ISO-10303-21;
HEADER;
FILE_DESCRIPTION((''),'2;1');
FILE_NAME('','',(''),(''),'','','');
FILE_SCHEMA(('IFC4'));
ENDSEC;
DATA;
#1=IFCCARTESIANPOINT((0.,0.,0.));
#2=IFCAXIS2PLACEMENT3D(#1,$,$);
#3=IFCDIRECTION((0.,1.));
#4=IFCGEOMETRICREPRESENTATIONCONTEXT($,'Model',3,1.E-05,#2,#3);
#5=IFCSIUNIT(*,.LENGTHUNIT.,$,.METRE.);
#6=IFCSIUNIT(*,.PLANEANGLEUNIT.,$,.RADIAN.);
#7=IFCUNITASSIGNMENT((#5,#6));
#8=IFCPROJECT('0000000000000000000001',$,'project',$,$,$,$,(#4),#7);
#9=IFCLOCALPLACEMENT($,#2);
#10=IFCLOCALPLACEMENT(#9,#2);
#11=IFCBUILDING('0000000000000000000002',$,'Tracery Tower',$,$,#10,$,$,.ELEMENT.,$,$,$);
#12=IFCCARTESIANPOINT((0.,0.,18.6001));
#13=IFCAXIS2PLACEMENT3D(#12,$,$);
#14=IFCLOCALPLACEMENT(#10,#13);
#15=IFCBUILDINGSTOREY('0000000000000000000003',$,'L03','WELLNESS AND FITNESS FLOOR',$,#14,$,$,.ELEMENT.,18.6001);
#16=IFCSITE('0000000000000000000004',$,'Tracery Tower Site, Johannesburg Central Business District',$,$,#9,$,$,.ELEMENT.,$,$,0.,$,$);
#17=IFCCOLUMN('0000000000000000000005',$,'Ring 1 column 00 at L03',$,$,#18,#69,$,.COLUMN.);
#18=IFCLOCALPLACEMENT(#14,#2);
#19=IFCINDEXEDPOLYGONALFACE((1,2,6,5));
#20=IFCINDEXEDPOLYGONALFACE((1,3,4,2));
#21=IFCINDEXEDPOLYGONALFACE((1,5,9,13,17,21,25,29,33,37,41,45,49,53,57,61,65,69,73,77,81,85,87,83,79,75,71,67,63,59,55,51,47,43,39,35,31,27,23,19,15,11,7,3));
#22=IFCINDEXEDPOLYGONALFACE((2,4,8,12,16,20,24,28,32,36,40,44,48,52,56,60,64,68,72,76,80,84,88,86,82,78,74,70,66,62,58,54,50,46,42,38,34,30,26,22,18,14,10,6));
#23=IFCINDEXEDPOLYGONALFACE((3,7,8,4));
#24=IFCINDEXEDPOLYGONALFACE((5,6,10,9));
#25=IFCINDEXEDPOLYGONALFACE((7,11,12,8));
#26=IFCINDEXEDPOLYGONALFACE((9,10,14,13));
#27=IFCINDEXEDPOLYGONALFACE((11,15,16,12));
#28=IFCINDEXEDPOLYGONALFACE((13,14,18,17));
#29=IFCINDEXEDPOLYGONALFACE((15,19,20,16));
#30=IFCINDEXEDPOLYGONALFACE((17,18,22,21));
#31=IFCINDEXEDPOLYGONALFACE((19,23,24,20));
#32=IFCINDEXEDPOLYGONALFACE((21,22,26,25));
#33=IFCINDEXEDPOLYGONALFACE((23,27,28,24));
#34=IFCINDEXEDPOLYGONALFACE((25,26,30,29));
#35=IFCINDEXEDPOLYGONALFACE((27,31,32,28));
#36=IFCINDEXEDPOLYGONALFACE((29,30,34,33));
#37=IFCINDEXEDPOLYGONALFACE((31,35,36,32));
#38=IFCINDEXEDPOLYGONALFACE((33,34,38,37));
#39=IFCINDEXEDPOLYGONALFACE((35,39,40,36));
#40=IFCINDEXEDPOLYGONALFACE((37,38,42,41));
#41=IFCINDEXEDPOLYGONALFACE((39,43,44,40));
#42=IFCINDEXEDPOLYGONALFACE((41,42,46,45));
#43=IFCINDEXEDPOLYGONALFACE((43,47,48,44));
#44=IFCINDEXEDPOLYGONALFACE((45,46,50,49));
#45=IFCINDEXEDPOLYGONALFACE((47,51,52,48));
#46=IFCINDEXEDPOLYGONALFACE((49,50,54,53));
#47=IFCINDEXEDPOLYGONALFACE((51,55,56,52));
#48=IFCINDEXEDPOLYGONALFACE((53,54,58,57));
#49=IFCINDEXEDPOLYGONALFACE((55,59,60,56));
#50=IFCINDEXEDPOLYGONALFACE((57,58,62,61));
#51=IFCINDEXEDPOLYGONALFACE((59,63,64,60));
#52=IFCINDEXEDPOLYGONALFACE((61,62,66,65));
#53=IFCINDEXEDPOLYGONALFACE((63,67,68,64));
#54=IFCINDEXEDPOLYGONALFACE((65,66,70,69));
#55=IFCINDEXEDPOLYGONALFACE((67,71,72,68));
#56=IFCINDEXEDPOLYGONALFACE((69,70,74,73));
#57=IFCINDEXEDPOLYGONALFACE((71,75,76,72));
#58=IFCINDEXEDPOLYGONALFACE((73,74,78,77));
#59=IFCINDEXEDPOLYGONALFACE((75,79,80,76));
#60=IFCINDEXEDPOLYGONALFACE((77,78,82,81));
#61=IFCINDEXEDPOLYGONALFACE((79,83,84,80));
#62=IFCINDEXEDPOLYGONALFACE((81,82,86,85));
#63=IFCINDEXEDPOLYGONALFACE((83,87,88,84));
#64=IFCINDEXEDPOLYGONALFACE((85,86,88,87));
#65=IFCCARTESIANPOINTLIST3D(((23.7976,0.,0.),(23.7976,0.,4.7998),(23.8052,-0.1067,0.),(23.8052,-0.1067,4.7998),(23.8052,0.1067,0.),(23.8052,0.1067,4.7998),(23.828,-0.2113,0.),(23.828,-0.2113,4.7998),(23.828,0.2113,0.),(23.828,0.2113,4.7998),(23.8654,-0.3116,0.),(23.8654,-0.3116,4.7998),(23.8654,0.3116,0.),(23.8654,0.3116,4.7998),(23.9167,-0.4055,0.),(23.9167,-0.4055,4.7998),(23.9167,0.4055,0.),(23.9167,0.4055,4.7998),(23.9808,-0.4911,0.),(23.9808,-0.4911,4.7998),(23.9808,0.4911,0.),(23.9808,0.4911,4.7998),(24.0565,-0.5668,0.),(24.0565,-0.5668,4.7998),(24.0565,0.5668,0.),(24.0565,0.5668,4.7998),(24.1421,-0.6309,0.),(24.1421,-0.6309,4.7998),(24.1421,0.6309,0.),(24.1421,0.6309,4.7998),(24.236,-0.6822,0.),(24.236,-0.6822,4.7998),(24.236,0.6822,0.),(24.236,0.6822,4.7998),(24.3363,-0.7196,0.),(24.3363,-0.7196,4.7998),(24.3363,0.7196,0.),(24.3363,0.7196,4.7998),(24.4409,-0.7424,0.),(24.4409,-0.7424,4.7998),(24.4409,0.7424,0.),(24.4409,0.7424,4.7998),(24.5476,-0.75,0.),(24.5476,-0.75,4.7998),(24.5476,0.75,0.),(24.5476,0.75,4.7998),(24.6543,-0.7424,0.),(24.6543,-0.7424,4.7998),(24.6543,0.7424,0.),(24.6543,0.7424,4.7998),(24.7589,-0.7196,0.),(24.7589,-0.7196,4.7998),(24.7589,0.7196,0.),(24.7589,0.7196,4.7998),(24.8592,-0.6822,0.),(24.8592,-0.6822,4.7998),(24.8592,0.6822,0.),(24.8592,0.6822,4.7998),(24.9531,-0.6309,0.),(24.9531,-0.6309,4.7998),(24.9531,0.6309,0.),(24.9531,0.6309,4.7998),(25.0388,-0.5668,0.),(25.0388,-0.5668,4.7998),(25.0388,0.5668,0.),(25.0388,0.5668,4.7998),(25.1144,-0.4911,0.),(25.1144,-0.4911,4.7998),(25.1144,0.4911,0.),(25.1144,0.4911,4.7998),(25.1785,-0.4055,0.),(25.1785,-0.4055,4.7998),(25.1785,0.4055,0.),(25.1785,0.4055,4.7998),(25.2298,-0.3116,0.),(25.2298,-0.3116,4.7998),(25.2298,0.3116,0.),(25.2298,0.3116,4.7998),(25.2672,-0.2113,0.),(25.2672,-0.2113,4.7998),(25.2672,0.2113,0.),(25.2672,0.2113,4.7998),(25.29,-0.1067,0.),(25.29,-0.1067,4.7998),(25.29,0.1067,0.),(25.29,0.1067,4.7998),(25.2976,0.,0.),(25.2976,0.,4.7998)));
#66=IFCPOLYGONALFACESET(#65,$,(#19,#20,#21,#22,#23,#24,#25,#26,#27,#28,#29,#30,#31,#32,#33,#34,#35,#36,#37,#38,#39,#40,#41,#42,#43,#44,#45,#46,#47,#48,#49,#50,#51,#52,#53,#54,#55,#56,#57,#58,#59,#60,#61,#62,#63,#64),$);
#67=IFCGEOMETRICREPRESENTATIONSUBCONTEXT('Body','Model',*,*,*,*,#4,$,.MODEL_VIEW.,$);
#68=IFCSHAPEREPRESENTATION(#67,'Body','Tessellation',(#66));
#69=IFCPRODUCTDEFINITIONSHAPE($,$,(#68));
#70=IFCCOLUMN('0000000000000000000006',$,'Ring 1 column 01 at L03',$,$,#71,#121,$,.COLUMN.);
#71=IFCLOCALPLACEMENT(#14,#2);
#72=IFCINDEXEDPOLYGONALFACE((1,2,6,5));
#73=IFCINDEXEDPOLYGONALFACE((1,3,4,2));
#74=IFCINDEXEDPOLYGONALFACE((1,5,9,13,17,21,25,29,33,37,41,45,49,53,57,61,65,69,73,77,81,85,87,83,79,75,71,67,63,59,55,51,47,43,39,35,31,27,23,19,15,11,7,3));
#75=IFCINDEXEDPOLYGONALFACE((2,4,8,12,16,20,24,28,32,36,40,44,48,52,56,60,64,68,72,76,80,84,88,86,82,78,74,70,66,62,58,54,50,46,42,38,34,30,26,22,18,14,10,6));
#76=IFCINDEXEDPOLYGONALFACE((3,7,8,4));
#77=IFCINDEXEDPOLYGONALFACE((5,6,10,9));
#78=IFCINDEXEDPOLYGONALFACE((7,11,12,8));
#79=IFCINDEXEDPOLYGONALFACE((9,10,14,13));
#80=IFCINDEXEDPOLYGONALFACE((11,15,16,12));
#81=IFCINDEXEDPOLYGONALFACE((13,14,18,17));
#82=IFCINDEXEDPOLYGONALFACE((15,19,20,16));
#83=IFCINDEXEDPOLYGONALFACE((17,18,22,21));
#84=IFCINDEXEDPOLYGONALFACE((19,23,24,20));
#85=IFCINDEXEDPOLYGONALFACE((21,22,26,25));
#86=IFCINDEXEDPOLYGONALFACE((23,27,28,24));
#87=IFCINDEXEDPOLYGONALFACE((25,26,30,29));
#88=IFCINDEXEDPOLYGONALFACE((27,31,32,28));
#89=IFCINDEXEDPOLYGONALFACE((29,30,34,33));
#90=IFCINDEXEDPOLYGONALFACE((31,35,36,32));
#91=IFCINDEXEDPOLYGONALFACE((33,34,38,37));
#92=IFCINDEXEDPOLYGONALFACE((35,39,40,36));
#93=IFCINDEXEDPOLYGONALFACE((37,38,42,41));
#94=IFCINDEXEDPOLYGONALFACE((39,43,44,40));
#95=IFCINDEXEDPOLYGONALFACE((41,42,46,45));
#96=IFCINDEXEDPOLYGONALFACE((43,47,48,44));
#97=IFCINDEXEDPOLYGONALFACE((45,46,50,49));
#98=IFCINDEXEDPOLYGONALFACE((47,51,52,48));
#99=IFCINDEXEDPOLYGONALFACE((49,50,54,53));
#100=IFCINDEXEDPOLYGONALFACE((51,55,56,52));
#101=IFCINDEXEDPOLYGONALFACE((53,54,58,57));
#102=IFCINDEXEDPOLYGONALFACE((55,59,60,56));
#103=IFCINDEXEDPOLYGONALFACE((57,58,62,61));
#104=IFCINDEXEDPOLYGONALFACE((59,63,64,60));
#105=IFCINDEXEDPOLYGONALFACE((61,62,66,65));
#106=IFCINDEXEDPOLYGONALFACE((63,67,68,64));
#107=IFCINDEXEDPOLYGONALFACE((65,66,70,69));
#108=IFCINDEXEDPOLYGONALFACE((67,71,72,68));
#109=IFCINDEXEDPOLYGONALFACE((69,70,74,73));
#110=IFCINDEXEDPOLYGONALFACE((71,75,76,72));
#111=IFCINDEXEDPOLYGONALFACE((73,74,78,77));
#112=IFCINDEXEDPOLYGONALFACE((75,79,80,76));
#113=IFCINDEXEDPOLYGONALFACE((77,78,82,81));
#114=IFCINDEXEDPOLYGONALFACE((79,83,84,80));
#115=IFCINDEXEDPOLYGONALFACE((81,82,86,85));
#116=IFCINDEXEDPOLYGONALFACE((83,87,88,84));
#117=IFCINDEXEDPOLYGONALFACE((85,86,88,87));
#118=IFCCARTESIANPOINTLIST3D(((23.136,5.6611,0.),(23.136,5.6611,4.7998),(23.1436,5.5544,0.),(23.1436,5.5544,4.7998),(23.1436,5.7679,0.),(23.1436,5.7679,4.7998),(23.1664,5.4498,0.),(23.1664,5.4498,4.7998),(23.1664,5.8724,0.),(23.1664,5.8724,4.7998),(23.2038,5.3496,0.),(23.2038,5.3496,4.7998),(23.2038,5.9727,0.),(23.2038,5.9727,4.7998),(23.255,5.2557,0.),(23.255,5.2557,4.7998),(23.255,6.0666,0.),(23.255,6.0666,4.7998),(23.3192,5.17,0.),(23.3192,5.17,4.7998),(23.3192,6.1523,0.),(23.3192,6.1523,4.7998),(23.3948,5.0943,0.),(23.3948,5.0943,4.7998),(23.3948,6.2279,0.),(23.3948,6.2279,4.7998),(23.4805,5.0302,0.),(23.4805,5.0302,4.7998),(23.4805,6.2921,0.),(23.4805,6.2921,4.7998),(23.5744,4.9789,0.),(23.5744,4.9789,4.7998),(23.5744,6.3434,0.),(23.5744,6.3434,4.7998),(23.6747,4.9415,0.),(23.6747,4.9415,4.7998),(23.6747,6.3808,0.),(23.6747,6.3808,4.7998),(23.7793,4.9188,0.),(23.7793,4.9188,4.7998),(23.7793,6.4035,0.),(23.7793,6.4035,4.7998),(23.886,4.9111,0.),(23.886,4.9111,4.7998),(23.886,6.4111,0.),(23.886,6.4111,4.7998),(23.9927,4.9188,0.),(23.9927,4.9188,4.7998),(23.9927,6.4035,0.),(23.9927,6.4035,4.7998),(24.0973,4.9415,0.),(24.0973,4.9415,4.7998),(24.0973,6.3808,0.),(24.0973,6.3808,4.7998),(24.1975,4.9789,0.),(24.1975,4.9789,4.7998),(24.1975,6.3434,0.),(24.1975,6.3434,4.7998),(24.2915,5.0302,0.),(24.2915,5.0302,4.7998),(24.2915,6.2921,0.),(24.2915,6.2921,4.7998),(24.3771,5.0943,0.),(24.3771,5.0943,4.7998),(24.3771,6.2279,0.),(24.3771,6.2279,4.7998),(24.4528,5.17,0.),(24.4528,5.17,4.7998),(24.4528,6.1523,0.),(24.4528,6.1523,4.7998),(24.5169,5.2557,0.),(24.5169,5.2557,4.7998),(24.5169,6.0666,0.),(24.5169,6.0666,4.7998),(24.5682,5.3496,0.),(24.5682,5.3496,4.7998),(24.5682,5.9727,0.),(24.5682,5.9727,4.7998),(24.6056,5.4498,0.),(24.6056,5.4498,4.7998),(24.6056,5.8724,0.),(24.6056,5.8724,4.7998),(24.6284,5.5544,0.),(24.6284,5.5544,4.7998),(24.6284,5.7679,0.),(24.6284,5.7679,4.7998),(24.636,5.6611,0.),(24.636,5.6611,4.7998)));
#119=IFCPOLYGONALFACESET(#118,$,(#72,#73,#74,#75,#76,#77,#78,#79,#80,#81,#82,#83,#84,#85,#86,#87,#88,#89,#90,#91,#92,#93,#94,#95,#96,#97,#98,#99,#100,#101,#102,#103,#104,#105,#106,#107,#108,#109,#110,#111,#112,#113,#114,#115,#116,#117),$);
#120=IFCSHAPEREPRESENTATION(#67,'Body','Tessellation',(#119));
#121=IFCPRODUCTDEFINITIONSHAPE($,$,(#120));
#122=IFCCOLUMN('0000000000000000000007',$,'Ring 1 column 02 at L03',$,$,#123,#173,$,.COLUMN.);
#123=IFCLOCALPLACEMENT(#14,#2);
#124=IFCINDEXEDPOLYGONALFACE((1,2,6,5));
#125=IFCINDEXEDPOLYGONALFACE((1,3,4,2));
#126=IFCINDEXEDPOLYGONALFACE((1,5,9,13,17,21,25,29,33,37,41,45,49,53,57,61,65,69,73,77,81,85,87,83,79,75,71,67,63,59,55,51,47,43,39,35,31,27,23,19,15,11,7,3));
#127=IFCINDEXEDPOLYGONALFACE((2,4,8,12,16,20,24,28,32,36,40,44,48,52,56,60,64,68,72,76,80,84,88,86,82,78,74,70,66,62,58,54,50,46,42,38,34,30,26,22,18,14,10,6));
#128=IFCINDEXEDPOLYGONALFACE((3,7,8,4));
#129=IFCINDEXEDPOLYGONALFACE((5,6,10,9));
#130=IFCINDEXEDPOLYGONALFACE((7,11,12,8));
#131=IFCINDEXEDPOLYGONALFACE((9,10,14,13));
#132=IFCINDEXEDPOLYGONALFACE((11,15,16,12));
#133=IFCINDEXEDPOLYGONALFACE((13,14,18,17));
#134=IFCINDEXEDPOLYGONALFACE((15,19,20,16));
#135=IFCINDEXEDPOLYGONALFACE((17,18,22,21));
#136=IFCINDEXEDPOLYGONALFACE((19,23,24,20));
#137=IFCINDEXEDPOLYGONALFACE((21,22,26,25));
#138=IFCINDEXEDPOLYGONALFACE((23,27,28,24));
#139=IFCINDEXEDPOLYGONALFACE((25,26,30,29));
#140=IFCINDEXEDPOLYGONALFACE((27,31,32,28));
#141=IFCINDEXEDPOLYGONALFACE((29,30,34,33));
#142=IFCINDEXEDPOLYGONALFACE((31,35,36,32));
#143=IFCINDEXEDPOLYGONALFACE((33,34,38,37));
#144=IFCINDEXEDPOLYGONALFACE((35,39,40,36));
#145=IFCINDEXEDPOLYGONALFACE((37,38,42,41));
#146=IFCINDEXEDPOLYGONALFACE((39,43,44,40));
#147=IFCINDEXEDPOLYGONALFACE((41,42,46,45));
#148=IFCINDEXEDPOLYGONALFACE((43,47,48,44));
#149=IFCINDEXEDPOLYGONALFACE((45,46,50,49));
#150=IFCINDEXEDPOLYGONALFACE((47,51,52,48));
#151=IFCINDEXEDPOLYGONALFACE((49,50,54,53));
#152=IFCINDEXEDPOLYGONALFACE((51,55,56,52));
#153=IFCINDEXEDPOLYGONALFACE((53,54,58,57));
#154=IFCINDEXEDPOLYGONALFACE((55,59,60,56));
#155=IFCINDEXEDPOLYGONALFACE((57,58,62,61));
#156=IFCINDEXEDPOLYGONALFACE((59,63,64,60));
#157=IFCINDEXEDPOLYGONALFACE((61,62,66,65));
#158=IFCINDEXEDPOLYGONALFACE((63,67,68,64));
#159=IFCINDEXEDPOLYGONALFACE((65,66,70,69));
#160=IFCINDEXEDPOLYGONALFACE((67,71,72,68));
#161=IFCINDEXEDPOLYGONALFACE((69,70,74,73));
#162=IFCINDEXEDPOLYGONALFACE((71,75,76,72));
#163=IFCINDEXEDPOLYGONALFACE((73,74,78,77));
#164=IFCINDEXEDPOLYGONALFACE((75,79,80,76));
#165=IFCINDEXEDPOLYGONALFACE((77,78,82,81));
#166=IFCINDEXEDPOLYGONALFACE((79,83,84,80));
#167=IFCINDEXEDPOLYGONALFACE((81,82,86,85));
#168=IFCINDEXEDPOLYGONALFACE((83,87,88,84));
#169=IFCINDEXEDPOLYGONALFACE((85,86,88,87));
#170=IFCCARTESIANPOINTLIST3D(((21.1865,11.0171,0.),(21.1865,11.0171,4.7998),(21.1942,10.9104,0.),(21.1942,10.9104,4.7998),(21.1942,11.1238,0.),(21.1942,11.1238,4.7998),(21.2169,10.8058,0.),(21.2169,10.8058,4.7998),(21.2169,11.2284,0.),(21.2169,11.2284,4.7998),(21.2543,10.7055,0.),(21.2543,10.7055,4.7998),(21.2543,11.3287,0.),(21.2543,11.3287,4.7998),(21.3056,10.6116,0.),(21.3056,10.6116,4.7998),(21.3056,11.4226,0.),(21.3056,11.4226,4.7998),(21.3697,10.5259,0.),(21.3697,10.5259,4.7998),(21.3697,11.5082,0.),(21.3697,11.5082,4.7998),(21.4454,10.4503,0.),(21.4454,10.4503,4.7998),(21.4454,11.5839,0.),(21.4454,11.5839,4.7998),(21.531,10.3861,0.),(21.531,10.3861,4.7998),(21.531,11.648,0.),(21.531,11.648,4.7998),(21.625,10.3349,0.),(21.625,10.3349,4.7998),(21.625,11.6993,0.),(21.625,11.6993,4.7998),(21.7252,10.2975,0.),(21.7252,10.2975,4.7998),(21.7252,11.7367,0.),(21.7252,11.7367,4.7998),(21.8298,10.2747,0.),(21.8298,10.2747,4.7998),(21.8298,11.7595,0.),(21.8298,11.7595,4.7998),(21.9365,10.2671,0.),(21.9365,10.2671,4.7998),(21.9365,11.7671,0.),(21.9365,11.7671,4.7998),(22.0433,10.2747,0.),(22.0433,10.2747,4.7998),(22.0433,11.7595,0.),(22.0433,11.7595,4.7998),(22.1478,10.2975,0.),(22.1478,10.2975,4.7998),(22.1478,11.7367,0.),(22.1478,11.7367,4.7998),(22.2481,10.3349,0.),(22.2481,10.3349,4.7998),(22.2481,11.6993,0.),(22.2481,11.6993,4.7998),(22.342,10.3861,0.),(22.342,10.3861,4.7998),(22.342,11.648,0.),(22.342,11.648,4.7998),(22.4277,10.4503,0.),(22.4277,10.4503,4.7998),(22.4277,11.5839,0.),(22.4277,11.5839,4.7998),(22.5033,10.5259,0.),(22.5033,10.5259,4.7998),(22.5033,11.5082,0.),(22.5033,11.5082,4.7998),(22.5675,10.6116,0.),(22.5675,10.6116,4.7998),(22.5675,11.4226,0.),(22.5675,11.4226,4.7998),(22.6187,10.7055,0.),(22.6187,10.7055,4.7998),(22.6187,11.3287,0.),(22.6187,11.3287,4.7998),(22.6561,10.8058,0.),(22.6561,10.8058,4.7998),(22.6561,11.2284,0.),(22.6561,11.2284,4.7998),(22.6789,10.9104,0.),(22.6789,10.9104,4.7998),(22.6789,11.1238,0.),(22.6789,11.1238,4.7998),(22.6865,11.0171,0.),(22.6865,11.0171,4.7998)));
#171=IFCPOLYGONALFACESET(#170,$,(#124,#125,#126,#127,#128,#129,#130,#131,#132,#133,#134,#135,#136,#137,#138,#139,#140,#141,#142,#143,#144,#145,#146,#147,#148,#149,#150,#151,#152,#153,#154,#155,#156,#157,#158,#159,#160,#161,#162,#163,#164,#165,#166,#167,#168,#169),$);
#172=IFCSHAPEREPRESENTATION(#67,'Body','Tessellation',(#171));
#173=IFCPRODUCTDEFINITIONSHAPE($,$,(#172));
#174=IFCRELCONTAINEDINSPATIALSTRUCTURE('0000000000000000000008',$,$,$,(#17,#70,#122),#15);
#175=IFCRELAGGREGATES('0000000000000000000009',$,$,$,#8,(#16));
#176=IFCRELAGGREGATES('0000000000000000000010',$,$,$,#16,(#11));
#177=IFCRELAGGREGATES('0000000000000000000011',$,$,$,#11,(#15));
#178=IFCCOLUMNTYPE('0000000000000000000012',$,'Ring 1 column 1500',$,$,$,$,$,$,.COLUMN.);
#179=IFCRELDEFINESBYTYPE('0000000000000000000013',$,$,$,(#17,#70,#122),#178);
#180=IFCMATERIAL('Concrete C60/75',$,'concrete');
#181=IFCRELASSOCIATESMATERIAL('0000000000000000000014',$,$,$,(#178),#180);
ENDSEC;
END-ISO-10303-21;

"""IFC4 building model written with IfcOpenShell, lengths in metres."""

from ifc_helpers import new_model, si_unit, direction, frame, origin, origin_2d, place, context, subcontext, project, spatial, circle, extrude, material, material_profile, profile_set, type_object, element, save


model = new_model("IFC4")

# Units and contexts
model_context = context("Model", 3, precision=1e-05, world=origin(), true_north=direction((0.0, 1.0)))
body_context = subcontext(model_context, "Body", "Model", "MODEL_VIEW")
ifc_project = project(units=[si_unit("LENGTHUNIT", "METRE"), si_unit("PLANEANGLEUNIT", "RADIAN")], contexts=[model_context])

# Site, building, storey
site_placement = place(None, origin())
site = spatial("IfcSite", under=ifc_project, at=site_placement, Name="Tracery Tower Site, Johannesburg Central Business District", CompositionType="ELEMENT", RefElevation=0.0)
building_placement = place(site_placement, origin())
building = spatial("IfcBuilding", under=site, at=building_placement, Name="Tracery Tower", CompositionType="ELEMENT")
storey_placement = place(building_placement, frame((0.0, 0.0, 18.6001)))
storey = spatial("IfcBuildingStorey", under=building, at=storey_placement, Name="L03", Description="WELLNESS AND FITNESS FLOOR", CompositionType="ELEMENT", Elevation=18.6001)

# Columns
ifc_material_1 = material(Name="Concrete C60/75", Category="concrete")
ifc_material_profile_1 = material_profile(ifc_material_1, circle(Radius=0.75, at=origin_2d()), Name="RC D1500")
ifc_profile_set_1 = profile_set([ifc_material_profile_1], Name="Concrete C60/75")
column_type_1 = type_object("IfcColumnType", Name="Ring 1 column 1500", PredefinedType="COLUMN", material=ifc_profile_set_1)
for number, where, z_axis, x_axis, name in (
    (1, (24.5476, 0.0, 0.0), (0.0, 0.0, 1.0), (1.0, 0.0, 0.0), "Ring 1 column 00 at L03"),
    (2, (23.886, 5.6611, 0.0), (0.0, 0.0, 1.0), (1.0, 0.0, 0.0), "Ring 1 column 01 at L03"),
    (3, (21.9365, 11.0171, 0.0), (0.0, 0.0, 1.0), (1.0, 0.0, 0.0), "Ring 1 column 02 at L03"),
):
    element("IfcColumn", number, at=place(storey_placement, frame(where, z_axis=z_axis, x_axis=x_axis)), inside=storey, type_object=column_type_1, Name=name, PredefinedType="COLUMN", context=body_context, shape_type="SweptSolid", body=[
        extrude(circle(Radius=0.75, at=origin_2d()), origin(), (0.0, 0.0, 1.0), 4.7998),
    ])

save(model, "model.ifc")
